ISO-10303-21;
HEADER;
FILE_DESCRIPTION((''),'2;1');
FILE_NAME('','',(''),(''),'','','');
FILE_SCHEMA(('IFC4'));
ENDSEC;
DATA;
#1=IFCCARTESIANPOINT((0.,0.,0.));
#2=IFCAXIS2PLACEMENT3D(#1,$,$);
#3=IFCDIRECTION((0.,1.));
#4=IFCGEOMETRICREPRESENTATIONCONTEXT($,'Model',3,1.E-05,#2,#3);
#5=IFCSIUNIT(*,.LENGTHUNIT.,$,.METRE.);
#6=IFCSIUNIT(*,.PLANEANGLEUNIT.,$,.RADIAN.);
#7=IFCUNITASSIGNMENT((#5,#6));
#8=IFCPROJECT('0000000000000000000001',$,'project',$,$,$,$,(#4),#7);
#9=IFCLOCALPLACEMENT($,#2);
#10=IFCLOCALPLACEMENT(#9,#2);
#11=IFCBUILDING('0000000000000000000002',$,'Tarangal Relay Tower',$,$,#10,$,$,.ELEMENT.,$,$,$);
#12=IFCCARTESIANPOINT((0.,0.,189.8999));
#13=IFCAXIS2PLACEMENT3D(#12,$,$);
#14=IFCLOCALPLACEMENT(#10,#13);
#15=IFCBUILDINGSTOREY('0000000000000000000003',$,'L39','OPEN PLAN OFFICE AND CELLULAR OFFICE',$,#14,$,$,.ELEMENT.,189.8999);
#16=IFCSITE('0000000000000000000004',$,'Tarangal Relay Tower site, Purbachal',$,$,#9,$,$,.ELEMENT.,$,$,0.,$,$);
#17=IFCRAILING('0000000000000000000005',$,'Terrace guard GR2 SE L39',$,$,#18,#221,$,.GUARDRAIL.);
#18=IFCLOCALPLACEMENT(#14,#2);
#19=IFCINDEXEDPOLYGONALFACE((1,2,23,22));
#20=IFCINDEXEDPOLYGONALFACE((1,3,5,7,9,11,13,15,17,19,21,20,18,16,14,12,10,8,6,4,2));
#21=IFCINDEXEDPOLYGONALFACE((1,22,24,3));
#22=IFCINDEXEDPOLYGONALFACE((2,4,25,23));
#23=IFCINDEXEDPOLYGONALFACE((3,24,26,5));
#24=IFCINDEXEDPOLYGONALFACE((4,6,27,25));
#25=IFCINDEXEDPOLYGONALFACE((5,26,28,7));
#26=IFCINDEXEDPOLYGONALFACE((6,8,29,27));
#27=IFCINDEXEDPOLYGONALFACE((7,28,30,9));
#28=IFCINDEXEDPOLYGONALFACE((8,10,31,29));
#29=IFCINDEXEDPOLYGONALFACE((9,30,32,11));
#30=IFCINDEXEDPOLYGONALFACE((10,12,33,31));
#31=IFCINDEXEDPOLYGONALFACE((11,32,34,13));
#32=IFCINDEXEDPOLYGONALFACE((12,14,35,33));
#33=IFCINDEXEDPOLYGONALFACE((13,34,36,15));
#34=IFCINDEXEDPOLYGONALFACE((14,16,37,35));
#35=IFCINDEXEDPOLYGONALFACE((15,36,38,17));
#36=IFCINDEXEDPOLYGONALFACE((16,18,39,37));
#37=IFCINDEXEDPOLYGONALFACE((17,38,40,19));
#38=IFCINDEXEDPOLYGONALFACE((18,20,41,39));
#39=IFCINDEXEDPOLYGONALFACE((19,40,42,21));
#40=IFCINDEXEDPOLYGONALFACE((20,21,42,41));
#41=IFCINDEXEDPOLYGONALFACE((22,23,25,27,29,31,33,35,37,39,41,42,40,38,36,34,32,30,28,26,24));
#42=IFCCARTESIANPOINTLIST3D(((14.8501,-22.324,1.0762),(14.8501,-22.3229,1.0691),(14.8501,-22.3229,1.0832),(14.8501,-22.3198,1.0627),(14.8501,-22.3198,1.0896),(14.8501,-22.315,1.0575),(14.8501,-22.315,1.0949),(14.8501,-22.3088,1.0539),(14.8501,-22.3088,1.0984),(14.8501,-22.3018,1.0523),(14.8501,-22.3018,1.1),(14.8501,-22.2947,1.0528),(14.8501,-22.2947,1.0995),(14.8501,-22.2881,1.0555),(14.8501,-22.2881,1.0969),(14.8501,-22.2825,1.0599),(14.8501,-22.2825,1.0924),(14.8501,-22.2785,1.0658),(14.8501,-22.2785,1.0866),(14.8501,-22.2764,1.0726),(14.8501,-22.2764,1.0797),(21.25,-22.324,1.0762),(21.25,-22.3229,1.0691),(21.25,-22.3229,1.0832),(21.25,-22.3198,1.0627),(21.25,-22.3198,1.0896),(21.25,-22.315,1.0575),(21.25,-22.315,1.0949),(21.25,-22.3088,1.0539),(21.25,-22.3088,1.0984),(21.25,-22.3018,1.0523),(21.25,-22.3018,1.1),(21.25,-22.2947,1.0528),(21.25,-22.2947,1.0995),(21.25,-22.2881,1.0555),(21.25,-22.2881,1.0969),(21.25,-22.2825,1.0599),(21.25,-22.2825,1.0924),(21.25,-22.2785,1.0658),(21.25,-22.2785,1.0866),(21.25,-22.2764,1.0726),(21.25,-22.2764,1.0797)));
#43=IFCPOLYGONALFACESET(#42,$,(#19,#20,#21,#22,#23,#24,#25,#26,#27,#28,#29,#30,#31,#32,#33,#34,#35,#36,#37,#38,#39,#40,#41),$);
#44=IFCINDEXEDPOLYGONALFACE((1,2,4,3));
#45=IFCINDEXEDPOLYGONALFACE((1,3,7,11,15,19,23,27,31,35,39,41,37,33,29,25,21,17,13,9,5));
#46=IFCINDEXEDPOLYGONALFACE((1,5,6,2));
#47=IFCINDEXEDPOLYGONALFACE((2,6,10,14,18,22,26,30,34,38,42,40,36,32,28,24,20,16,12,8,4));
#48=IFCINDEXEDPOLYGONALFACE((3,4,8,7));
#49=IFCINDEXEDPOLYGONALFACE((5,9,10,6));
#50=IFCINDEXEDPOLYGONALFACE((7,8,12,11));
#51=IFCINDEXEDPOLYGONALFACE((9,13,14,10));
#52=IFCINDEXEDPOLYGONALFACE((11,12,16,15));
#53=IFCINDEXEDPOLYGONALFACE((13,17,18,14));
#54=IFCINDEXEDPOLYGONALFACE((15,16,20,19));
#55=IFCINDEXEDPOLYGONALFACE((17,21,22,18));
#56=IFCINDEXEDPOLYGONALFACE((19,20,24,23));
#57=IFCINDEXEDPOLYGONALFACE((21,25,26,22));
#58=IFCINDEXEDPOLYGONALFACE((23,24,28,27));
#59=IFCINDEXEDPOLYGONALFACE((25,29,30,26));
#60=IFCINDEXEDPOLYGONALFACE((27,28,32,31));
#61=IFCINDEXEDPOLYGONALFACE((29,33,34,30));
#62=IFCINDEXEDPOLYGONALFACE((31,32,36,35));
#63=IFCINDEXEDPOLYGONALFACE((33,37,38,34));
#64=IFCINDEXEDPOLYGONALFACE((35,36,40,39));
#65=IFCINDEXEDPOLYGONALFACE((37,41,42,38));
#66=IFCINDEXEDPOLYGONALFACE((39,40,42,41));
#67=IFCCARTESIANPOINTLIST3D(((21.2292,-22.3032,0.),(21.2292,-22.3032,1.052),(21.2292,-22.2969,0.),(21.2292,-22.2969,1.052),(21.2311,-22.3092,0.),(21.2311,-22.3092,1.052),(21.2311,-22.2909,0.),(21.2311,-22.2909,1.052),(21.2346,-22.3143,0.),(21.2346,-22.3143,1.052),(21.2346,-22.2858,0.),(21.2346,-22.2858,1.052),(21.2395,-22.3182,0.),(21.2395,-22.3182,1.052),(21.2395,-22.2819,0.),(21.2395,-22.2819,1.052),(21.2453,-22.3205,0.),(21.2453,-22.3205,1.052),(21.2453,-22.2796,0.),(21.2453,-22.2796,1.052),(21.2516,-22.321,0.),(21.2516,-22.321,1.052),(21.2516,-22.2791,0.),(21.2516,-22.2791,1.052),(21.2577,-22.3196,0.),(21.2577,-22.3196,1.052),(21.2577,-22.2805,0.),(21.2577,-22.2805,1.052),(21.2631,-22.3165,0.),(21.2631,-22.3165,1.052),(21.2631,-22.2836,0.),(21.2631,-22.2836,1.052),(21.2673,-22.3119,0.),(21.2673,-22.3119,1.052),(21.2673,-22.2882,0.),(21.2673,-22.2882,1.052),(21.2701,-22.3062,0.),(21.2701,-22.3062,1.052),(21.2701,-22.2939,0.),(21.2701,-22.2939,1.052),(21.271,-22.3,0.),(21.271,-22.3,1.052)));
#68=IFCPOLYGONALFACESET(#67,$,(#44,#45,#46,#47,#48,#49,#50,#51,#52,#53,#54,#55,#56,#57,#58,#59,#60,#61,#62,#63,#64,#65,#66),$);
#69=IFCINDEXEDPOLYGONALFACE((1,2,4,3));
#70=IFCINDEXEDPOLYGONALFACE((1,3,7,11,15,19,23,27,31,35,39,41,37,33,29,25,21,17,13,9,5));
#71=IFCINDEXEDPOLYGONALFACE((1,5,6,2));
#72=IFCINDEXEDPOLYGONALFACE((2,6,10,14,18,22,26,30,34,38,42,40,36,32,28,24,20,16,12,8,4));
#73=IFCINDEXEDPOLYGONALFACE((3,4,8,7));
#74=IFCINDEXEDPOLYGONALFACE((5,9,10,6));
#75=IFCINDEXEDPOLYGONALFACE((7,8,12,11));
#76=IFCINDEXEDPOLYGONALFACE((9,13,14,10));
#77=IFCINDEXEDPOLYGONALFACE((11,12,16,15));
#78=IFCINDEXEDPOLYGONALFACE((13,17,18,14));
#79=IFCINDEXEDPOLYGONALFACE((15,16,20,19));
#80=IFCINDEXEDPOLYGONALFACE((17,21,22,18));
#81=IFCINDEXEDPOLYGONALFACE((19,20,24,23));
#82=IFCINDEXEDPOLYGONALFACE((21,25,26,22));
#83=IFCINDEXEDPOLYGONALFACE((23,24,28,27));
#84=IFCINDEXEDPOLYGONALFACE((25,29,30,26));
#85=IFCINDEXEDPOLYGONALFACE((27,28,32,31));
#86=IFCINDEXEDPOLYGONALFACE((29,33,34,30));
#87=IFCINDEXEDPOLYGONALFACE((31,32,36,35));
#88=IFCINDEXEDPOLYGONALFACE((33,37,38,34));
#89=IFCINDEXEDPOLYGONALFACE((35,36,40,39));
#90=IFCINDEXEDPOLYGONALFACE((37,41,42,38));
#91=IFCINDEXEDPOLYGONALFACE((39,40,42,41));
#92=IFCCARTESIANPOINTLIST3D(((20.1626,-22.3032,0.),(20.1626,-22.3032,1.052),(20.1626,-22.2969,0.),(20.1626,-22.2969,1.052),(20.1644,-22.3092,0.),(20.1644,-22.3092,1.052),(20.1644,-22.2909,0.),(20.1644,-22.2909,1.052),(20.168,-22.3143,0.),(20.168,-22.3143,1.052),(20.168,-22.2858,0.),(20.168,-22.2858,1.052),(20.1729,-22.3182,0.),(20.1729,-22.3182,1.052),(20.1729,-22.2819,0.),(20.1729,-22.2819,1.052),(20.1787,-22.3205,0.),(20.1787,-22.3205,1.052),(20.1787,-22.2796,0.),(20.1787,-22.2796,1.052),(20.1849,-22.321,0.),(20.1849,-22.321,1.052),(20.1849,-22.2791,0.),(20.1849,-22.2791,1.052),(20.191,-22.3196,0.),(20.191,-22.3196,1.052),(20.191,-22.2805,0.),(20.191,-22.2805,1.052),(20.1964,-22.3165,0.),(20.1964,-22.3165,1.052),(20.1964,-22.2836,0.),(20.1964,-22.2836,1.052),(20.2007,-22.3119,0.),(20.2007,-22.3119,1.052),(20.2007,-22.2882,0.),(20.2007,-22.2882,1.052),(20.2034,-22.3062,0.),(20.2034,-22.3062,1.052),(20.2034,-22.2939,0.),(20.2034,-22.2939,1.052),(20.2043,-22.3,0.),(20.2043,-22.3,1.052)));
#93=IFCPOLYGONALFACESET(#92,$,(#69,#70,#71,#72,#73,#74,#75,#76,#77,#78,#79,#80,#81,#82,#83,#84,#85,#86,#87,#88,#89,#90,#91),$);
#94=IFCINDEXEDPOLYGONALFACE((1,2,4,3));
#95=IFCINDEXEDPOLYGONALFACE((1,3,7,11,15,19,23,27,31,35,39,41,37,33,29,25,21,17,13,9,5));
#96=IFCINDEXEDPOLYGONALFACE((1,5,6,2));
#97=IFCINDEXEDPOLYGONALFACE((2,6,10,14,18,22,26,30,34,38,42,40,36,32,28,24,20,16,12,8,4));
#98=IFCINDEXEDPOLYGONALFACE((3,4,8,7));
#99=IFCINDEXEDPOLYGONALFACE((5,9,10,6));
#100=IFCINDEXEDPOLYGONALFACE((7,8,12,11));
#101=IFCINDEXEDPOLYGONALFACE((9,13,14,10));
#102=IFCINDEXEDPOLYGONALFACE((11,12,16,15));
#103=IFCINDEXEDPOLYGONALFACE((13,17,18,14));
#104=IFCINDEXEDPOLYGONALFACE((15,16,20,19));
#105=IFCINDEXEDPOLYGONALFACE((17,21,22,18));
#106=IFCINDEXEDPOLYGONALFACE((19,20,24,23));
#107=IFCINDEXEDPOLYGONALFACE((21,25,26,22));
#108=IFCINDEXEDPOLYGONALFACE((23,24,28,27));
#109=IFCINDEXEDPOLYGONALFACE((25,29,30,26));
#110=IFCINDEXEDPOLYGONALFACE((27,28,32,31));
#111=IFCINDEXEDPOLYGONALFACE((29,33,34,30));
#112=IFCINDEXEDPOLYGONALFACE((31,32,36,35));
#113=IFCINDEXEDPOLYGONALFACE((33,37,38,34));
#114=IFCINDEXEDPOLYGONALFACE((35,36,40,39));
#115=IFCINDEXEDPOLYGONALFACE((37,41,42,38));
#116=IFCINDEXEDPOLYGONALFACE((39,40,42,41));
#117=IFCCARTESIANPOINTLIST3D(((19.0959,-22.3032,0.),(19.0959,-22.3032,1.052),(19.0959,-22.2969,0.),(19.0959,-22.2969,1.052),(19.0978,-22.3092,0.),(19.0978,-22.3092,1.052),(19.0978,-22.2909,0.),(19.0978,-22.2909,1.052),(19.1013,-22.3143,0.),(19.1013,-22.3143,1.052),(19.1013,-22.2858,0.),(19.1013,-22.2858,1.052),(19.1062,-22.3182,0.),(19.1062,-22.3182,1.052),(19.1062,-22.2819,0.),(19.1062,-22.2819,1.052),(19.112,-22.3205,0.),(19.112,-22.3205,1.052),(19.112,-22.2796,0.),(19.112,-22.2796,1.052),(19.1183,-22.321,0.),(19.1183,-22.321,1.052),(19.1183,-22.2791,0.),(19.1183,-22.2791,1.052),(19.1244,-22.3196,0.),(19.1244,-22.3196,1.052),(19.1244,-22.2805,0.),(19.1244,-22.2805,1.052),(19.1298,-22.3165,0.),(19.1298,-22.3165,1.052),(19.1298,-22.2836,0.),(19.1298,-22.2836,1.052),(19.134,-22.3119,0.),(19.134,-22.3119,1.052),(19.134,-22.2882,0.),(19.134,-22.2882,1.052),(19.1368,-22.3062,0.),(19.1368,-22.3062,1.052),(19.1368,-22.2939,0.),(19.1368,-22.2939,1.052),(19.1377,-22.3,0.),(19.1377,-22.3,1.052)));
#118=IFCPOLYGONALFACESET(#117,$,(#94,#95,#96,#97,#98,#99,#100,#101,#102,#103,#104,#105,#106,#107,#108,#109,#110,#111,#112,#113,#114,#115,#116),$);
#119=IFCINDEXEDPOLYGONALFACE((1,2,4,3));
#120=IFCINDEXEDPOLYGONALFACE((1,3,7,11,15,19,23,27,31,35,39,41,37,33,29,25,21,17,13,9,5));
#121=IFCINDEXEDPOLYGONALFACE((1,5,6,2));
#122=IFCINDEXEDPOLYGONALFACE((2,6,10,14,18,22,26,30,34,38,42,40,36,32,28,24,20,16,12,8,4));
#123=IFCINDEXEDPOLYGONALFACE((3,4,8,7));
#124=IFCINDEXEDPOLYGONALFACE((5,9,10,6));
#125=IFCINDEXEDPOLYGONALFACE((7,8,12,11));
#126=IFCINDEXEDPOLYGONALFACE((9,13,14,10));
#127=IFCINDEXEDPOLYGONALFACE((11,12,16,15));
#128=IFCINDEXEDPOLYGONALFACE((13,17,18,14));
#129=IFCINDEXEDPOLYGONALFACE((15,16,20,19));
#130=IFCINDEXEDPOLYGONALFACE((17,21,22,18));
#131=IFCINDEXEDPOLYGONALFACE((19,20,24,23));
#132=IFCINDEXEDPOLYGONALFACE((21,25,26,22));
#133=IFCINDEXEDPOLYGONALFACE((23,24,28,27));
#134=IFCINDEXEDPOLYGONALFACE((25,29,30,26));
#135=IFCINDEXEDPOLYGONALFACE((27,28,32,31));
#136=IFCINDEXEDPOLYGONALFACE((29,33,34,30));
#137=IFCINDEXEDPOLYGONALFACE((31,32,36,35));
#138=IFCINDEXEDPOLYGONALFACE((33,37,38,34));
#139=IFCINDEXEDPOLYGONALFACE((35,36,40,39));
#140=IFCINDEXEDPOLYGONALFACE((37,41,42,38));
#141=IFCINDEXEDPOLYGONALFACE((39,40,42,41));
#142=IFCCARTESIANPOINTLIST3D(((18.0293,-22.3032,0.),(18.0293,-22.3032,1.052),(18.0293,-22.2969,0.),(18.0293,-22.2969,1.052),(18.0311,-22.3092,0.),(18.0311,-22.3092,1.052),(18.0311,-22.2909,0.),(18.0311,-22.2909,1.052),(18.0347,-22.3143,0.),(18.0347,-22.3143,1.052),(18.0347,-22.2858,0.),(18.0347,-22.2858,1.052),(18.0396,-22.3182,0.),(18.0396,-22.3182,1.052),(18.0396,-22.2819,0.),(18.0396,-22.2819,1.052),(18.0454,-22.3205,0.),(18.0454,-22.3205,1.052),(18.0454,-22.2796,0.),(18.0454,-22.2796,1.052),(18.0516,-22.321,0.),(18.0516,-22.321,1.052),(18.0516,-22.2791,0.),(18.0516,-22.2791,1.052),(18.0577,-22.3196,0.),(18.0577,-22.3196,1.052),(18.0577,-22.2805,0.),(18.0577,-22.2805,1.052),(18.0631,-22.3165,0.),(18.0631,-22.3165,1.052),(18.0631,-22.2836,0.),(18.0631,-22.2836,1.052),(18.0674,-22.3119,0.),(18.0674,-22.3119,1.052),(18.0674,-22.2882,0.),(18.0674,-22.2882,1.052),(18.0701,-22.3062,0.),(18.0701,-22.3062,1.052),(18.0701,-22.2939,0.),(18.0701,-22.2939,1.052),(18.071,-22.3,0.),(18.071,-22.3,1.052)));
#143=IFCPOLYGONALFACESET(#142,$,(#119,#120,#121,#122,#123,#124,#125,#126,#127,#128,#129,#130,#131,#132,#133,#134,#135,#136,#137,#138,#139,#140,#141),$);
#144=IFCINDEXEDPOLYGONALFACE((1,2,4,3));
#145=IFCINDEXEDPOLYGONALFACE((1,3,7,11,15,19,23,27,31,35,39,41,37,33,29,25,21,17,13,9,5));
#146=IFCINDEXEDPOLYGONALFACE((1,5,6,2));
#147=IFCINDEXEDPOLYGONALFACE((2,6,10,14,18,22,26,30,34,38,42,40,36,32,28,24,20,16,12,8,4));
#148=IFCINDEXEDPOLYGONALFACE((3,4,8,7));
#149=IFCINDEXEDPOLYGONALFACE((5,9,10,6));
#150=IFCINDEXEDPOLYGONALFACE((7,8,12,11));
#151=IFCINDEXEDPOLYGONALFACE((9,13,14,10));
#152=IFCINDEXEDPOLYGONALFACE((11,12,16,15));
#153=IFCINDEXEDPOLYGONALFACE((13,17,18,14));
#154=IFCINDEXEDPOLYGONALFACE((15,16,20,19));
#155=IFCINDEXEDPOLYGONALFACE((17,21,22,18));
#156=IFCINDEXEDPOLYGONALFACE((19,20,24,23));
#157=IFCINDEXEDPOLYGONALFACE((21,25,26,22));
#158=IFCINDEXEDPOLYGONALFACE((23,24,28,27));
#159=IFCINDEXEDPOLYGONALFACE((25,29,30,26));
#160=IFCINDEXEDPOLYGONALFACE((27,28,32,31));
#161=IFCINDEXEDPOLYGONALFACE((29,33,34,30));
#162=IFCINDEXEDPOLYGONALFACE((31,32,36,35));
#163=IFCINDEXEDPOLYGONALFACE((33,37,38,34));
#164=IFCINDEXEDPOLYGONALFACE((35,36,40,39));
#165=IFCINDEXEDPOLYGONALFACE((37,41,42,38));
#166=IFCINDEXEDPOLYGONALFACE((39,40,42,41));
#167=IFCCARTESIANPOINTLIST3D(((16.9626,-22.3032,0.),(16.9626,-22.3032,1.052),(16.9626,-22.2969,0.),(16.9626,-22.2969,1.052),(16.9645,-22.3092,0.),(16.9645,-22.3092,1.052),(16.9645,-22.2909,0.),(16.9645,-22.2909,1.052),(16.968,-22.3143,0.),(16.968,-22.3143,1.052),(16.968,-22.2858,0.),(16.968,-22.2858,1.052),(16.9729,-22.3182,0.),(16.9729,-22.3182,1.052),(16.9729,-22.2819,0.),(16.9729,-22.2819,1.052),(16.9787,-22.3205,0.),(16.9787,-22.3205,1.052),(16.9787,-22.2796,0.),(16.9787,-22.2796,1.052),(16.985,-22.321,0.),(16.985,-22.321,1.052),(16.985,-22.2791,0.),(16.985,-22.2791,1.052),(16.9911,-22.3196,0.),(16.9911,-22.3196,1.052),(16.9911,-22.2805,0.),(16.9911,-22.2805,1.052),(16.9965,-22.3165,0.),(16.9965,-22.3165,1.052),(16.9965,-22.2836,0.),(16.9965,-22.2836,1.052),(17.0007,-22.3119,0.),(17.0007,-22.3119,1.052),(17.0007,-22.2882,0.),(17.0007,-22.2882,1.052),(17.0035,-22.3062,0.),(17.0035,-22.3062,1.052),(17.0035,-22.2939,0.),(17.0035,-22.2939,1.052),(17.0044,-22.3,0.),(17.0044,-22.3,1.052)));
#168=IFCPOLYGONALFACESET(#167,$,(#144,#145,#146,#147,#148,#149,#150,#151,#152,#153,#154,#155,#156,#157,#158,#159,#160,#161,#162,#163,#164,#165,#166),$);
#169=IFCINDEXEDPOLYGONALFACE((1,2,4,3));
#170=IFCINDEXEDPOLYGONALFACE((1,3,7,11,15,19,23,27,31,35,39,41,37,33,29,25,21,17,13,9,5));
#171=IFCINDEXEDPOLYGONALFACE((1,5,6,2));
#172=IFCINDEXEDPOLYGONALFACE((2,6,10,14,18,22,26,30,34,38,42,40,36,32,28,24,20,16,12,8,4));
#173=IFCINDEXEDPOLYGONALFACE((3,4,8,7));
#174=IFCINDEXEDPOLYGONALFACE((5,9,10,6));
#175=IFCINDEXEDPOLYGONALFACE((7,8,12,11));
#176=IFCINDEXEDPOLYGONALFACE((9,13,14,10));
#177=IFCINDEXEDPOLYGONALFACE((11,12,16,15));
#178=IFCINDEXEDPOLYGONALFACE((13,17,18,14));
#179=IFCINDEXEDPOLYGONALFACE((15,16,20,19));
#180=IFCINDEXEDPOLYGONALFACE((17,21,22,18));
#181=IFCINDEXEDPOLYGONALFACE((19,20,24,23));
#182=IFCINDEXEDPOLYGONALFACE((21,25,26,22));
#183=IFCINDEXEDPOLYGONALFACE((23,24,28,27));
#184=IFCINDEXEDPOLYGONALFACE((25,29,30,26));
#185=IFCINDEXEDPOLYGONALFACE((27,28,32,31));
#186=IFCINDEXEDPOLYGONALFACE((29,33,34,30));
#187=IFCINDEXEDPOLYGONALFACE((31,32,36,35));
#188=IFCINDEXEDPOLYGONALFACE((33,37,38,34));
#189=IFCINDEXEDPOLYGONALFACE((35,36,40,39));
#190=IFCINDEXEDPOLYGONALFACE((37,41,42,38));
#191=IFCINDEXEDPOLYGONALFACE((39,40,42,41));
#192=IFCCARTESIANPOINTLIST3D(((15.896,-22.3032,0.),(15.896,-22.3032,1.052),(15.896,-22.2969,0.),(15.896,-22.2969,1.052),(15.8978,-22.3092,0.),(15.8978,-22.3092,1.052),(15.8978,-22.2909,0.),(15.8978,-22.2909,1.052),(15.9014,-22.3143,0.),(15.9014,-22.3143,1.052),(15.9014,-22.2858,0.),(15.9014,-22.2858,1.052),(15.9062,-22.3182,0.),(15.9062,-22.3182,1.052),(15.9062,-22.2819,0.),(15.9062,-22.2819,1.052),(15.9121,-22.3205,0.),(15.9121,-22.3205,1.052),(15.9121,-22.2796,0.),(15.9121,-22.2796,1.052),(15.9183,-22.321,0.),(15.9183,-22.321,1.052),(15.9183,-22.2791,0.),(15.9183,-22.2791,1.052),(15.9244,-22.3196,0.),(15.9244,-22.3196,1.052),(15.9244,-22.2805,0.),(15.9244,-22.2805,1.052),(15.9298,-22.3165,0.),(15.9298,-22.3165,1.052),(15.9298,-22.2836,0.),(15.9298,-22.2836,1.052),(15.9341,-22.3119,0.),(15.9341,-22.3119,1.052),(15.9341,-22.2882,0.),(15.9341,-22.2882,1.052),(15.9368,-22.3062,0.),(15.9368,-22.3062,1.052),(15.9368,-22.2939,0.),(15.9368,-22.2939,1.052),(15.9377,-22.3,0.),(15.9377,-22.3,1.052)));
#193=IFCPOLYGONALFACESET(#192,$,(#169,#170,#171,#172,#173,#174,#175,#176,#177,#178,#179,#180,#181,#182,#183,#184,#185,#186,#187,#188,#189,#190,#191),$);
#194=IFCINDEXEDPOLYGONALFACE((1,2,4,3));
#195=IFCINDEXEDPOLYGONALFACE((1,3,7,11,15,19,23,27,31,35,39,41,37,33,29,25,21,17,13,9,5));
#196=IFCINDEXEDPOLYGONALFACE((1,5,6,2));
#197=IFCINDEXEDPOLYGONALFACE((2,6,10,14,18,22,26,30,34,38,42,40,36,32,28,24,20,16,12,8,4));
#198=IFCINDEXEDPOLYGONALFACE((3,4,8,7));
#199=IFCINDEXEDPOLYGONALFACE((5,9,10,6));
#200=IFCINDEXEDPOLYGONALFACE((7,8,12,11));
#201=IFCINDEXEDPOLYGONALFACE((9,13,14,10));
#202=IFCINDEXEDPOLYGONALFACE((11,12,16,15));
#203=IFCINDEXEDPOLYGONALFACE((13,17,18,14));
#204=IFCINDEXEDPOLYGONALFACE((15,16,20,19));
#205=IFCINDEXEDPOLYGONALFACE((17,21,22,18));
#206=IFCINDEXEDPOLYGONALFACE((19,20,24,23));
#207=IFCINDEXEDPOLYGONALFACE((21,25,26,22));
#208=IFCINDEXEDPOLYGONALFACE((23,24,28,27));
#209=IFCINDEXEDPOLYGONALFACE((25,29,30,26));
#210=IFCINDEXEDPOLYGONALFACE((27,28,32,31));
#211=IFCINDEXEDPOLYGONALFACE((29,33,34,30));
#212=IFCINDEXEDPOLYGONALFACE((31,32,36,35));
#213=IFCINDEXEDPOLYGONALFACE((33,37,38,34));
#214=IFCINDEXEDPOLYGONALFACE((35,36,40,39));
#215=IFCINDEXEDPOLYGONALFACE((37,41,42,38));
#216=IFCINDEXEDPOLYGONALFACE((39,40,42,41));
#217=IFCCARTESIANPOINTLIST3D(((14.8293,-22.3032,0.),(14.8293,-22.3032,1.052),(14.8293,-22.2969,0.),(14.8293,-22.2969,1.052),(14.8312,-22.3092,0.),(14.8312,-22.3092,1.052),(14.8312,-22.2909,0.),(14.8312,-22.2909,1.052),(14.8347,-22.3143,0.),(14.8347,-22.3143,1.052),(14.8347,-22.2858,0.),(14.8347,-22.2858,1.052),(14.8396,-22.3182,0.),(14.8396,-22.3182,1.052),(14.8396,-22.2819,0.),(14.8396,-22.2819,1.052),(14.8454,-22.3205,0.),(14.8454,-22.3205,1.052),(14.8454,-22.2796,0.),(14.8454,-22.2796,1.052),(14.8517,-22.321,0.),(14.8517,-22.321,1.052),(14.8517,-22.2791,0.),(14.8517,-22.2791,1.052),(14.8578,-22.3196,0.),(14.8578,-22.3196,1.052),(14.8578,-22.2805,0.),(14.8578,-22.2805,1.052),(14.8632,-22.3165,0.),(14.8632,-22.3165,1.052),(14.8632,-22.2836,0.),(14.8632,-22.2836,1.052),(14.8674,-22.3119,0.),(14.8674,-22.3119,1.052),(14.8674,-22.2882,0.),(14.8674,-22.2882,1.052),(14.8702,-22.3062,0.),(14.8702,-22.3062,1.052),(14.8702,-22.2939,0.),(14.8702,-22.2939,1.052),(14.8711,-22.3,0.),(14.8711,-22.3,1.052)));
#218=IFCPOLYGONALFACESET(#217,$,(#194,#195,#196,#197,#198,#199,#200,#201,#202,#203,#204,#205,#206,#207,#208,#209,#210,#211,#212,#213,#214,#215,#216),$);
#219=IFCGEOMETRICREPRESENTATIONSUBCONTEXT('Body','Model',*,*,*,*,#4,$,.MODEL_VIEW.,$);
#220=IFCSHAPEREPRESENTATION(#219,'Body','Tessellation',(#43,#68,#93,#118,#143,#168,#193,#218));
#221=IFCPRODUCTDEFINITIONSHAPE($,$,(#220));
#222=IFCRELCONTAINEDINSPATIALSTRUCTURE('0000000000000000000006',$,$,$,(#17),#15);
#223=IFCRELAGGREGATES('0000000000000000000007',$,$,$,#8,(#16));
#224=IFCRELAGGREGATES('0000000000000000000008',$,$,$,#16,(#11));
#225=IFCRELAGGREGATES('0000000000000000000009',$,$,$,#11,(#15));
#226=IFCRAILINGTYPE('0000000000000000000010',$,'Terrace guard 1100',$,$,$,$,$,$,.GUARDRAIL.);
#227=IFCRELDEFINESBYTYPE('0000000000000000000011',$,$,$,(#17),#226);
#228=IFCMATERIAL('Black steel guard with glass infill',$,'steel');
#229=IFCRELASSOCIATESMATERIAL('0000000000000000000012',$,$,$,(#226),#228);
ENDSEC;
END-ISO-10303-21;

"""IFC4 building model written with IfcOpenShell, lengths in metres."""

from ifc_helpers import new_model, si_unit, direction, frame, origin, origin_2d, place, context, subcontext, project, spatial, circle, extrude, material, type_object, element, save


model = new_model("IFC4")

# Units and contexts
model_context = context("Model", 3, precision=1e-05, world=origin(), true_north=direction((0.0, 1.0)))
body_context = subcontext(model_context, "Body", "Model", "MODEL_VIEW")
ifc_project = project(units=[si_unit("LENGTHUNIT", "METRE"), si_unit("PLANEANGLEUNIT", "RADIAN")], contexts=[model_context])

# Site, building, storey
site_placement = place(None, origin())
site = spatial("IfcSite", under=ifc_project, at=site_placement, Name="Tarangal Relay Tower site, Purbachal", CompositionType="ELEMENT", RefElevation=0.0)
building_placement = place(site_placement, origin())
building = spatial("IfcBuilding", under=site, at=building_placement, Name="Tarangal Relay Tower", CompositionType="ELEMENT")
storey_placement = place(building_placement, frame((0.0, 0.0, 189.8999)))
storey = spatial("IfcBuildingStorey", under=building, at=storey_placement, Name="L39", Description="OPEN PLAN OFFICE AND CELLULAR OFFICE", CompositionType="ELEMENT", Elevation=189.8999)

# Railing
ifc_material_1 = material(Name="Black steel guard with glass infill", Category="steel")
railing_type = type_object("IfcRailingType", Name="Terrace guard 1100", PredefinedType="GUARDRAIL", material=ifc_material_1)
railing_1_placement = place(storey_placement, frame((21.25, -22.3, 0.0)))
element("IfcRailing", 1, at=railing_1_placement, inside=storey, type_object=railing_type, Name="Terrace guard GR2 SE L39", PredefinedType="GUARDRAIL", context=body_context, shape_type="SweptSolid", body=[
    extrude(circle(Radius=0.0239, at=origin_2d()), frame((0.0, 0.0, 1.0762), z_axis=(-1.0, 0.0, 0.0), x_axis=(0.0, -1.0, 0.0)), (0.0, 0.0, 1.0), 6.3999),
    extrude(circle(Radius=0.021, at=origin_2d()), origin(), (0.0, 0.0, 1.0), 1.052),
    extrude(circle(Radius=0.021, at=origin_2d()), frame((-1.0667, 0.0, 0.0)), (0.0, 0.0, 1.0), 1.052),
    extrude(circle(Radius=0.021, at=origin_2d()), frame((-2.1333, 0.0, 0.0)), (0.0, 0.0, 1.0), 1.052),
    extrude(circle(Radius=0.021, at=origin_2d()), frame((-3.2, 0.0, 0.0)), (0.0, 0.0, 1.0), 1.052),
    extrude(circle(Radius=0.021, at=origin_2d()), frame((-4.2666, 0.0, 0.0)), (0.0, 0.0, 1.0), 1.052),
    extrude(circle(Radius=0.021, at=origin_2d()), frame((-5.3333, 0.0, 0.0)), (0.0, 0.0, 1.0), 1.052),
    extrude(circle(Radius=0.021, at=origin_2d()), frame((-6.3999, 0.0, 0.0)), (0.0, 0.0, 1.0), 1.052),
])

save(model, "model.ifc")
